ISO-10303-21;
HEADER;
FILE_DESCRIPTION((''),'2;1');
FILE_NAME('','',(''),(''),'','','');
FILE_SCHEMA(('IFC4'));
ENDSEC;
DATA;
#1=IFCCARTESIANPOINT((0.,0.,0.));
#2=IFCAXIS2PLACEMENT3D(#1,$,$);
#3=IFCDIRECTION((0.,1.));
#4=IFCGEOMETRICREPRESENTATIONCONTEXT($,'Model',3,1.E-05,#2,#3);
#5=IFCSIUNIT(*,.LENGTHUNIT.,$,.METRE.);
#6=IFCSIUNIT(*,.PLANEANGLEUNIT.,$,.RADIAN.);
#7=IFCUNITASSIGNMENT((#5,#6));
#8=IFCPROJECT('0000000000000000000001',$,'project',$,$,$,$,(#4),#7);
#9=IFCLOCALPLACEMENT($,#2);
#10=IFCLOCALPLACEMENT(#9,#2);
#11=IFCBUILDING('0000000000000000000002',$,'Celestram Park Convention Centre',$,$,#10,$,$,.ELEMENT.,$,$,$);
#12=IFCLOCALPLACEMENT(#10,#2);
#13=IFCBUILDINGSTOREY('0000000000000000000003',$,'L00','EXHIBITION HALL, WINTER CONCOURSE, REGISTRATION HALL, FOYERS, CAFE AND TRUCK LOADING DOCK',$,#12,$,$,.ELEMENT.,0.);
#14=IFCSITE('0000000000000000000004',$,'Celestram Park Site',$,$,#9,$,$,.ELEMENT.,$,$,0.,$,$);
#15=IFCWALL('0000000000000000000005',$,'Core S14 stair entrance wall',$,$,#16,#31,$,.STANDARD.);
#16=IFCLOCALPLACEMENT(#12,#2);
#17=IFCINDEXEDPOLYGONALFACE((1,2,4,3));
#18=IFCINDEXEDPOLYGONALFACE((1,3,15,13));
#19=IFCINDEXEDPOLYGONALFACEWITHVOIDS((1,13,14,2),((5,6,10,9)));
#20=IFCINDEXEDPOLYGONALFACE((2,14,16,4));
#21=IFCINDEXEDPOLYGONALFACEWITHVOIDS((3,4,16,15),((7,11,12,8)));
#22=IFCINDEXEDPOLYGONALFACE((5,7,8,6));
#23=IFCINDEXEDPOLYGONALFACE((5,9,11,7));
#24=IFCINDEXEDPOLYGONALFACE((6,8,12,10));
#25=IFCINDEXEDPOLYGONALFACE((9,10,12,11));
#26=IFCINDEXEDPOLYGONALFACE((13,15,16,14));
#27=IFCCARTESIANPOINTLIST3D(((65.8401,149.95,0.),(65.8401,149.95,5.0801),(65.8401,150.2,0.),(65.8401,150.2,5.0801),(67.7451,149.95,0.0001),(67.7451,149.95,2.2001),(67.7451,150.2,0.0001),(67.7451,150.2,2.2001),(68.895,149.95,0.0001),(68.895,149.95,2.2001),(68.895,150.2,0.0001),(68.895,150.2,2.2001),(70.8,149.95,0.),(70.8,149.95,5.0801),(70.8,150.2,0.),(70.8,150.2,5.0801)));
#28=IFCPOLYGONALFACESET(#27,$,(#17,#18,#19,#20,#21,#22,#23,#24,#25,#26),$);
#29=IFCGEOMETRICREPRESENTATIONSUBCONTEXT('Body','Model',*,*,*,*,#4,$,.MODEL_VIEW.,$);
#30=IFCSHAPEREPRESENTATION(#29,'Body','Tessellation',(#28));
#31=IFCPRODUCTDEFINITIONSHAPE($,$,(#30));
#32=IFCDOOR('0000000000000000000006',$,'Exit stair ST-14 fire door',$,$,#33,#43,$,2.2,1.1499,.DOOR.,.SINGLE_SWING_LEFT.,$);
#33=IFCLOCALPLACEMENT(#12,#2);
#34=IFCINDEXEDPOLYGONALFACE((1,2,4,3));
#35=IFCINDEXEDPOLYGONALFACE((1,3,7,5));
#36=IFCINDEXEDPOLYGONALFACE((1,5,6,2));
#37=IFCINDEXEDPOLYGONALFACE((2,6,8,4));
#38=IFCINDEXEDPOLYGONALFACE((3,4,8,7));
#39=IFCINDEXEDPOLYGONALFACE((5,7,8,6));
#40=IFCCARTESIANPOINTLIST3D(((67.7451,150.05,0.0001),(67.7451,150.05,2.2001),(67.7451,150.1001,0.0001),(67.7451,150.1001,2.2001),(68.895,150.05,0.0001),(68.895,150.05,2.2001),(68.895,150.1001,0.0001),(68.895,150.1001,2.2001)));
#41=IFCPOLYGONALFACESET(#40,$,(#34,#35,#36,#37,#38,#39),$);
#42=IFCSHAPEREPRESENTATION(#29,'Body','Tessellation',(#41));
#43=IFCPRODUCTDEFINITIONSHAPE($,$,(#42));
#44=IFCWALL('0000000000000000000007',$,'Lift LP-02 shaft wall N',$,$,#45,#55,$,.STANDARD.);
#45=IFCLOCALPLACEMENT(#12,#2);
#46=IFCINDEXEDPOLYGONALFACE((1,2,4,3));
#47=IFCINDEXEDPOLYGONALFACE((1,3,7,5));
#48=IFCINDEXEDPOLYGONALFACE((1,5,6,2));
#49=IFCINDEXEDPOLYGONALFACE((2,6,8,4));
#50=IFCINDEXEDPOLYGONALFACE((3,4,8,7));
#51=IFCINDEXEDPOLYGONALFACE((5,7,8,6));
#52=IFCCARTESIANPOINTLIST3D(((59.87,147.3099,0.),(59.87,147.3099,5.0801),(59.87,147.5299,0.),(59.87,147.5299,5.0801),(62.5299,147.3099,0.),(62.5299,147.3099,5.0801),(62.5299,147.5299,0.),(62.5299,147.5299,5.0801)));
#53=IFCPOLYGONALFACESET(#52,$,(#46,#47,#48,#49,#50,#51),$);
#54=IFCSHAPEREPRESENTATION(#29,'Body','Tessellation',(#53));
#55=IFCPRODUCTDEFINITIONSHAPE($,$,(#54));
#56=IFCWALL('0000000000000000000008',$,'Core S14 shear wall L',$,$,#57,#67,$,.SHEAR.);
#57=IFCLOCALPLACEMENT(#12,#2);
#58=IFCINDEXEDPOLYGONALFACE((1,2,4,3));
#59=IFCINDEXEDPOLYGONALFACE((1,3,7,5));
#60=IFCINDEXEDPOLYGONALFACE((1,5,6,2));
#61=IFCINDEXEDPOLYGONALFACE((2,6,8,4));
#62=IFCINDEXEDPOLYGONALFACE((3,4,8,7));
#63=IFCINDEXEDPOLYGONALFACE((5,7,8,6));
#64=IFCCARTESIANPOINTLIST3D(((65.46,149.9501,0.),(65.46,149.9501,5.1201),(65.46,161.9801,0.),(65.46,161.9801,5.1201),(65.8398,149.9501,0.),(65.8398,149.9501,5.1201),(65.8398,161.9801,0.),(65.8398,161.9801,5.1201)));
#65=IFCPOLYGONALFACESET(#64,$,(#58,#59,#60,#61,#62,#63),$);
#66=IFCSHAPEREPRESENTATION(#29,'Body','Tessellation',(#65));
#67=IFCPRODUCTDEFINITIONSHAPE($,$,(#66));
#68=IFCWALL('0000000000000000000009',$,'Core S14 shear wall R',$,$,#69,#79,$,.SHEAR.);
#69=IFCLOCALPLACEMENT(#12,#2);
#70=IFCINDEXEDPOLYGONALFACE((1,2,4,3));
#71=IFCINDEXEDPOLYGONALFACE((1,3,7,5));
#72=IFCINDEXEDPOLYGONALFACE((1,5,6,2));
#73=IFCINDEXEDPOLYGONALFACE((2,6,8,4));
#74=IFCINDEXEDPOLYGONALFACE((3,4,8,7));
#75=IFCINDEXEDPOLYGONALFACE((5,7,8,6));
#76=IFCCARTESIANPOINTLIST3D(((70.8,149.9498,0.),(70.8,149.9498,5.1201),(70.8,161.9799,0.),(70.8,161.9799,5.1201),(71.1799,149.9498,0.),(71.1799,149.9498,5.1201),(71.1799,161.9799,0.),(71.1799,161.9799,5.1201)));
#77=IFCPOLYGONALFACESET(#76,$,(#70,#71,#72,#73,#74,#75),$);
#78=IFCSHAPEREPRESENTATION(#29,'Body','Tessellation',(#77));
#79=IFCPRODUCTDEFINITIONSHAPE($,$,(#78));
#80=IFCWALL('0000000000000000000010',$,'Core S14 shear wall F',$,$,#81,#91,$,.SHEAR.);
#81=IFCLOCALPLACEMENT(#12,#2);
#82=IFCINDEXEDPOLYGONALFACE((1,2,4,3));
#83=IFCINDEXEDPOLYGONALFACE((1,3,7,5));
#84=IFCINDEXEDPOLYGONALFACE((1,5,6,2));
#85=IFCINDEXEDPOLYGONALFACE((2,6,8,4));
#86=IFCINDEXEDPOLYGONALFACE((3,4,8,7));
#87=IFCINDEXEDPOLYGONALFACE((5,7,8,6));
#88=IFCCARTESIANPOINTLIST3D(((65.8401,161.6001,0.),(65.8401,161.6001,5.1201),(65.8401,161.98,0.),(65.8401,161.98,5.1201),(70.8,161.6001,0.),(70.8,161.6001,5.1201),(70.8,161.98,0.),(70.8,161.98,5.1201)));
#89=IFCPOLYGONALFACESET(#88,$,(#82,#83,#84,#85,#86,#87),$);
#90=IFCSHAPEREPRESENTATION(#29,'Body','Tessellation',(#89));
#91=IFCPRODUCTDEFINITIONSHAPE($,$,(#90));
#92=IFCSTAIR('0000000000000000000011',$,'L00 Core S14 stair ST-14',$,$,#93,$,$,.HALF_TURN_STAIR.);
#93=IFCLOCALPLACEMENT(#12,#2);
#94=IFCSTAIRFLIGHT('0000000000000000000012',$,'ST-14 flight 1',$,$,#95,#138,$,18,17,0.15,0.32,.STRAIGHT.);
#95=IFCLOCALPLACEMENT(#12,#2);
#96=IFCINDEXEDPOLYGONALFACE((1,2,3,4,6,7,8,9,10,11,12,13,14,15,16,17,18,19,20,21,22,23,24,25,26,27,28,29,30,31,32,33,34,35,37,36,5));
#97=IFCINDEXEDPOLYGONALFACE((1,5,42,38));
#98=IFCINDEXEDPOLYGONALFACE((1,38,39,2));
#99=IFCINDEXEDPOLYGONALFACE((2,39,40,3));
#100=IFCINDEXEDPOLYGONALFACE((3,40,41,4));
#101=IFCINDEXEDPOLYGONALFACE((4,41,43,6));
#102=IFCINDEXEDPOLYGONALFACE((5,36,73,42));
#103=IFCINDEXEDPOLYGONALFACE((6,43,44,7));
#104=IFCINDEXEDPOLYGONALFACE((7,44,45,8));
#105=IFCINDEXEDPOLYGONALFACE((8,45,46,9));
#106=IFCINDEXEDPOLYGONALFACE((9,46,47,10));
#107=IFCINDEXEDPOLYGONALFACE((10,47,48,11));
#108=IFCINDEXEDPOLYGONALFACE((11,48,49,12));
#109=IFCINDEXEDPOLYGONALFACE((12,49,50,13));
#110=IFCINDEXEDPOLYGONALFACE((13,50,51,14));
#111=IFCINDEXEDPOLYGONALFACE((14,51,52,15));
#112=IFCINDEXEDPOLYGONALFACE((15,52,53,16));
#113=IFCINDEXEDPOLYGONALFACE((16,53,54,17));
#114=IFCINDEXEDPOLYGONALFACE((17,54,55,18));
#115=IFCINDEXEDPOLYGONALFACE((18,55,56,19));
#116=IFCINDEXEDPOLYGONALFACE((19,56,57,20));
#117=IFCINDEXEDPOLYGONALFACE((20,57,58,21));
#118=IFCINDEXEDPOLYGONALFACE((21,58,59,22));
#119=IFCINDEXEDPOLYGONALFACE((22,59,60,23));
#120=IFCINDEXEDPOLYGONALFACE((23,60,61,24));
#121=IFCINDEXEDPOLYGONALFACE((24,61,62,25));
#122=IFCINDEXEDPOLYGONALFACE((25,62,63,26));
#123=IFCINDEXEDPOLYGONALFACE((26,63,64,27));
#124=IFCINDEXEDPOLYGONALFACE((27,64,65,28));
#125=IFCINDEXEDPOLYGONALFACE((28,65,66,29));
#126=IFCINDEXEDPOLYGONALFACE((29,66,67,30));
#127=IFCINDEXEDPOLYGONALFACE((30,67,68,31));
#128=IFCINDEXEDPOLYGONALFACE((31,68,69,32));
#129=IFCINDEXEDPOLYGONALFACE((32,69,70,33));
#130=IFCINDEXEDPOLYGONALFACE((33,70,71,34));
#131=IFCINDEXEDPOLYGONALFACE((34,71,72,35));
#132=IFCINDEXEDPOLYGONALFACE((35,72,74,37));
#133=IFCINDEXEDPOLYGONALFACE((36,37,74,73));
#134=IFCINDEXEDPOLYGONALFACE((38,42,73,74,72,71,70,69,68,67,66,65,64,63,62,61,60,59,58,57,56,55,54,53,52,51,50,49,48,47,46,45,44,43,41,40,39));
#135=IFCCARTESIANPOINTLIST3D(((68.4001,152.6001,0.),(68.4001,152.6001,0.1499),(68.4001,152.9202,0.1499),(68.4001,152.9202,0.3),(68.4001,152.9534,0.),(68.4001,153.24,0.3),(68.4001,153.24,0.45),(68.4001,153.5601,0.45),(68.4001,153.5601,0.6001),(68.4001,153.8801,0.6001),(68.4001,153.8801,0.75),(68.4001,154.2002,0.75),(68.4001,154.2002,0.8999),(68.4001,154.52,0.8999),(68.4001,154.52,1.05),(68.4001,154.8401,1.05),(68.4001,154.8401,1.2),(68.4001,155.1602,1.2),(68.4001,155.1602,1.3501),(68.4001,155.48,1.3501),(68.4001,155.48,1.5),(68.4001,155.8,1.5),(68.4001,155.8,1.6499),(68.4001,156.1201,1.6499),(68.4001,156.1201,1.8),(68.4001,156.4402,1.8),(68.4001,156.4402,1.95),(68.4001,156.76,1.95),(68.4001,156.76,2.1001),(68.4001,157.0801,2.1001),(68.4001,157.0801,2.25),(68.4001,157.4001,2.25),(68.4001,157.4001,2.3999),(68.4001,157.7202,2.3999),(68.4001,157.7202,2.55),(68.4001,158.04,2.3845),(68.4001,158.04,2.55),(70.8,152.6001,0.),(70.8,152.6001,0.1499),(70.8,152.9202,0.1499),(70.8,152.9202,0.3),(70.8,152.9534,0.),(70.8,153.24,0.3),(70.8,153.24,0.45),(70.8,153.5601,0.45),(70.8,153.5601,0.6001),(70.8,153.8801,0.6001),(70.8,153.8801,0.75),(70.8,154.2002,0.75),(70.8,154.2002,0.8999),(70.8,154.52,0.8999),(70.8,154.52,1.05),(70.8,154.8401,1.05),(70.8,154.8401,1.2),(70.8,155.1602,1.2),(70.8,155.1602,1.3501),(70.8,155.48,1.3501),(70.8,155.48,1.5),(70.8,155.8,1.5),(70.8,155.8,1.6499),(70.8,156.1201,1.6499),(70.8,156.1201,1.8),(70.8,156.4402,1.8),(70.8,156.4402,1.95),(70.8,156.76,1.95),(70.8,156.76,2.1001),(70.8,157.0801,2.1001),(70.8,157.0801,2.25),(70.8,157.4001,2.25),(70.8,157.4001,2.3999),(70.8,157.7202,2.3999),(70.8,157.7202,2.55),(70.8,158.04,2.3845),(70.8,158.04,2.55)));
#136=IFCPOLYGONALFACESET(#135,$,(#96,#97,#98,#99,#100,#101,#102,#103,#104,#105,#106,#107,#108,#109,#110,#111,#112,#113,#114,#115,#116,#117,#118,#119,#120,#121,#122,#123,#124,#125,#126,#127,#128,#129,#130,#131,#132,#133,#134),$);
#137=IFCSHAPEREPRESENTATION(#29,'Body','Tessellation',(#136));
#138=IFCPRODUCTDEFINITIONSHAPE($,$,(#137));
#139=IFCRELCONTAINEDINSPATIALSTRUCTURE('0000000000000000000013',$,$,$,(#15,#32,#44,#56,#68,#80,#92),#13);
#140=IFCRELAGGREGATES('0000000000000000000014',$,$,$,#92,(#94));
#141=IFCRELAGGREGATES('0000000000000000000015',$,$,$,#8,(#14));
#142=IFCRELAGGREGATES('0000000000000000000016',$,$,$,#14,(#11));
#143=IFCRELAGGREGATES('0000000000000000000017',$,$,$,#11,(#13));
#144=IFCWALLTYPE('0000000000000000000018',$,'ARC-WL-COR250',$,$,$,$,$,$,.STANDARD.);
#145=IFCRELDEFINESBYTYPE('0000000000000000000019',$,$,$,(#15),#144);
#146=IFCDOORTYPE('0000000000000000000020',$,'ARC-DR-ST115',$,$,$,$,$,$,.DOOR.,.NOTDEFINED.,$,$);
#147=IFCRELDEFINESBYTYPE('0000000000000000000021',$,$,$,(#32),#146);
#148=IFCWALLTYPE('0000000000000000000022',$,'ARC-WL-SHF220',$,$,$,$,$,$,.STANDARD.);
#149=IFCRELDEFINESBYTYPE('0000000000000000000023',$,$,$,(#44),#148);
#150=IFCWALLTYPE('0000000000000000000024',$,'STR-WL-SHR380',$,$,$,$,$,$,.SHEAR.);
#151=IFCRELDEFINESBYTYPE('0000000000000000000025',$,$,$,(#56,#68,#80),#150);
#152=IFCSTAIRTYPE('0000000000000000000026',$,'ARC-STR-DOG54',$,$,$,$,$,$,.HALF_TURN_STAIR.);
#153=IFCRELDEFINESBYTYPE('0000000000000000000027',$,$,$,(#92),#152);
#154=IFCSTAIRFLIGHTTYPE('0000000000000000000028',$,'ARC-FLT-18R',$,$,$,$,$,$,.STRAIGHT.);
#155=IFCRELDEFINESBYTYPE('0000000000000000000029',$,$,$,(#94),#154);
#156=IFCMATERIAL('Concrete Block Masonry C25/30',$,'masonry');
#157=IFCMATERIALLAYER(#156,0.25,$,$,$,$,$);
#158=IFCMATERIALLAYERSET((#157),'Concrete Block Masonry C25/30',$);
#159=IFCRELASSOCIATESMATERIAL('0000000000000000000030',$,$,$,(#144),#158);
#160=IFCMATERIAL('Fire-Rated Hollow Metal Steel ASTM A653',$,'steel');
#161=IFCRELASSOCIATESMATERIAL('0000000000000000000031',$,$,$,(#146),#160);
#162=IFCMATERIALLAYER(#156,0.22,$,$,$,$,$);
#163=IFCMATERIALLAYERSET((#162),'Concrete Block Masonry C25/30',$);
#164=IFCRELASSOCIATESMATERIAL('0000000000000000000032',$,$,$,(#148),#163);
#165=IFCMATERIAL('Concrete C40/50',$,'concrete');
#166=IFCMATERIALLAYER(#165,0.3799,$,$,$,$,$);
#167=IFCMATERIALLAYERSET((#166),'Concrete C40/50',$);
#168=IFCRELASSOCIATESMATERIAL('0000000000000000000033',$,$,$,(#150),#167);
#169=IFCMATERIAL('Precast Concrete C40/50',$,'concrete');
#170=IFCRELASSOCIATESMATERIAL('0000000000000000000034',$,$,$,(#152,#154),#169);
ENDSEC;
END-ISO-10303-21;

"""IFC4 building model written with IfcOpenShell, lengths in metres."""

from ifc_helpers import new_model, si_unit, direction, frame, frame_2d, origin, place, context, subcontext, project, spatial, polyline, rectangle, outline, extrude, material, layer, layer_set, type_object, element, fill, aggregate, save


model = new_model("IFC4")

# Units and contexts
model_context = context("Model", 3, precision=1e-05, world=origin(), true_north=direction((0.0, 1.0)))
body_context = subcontext(model_context, "Body", "Model", "MODEL_VIEW")
ifc_project = project(units=[si_unit("LENGTHUNIT", "METRE"), si_unit("PLANEANGLEUNIT", "RADIAN")], contexts=[model_context])

# Site, building, storey
site_placement = place(None, origin())
site = spatial("IfcSite", under=ifc_project, at=site_placement, Name="Celestram Park Site", CompositionType="ELEMENT", RefElevation=0.0)
building_placement = place(site_placement, origin())
building = spatial("IfcBuilding", under=site, at=building_placement, Name="Celestram Park Convention Centre", CompositionType="ELEMENT")
storey_placement = place(building_placement, origin())
storey = spatial("IfcBuildingStorey", under=building, at=storey_placement, Name="L00", Description="EXHIBITION HALL, WINTER CONCOURSE, REGISTRATION HALL, FOYERS, CAFE AND TRUCK LOADING DOCK", CompositionType="ELEMENT", Elevation=0.0)

# Shared definitions
ifc_material_1 = material(Name="Concrete C40/50", Category="concrete")

# Wall, opening, door
ifc_material_2 = material(Name="Concrete Block Masonry C25/30", Category="masonry")
ifc_layer_1 = layer(ifc_material_2, 0.25)
ifc_layer_set_1 = layer_set([ifc_layer_1], Name="Concrete Block Masonry C25/30")
wall_type_1 = type_object("IfcWallType", Name="ARC-WL-COR250", PredefinedType="STANDARD", material=ifc_layer_set_1)
wall_1_placement = place(storey_placement, frame((70.8, 150.075, 0.0), z_axis=(0.0, 0.0, 1.0), x_axis=(-1.0, 0.0, 0.0)))
wall_1 = element("IfcWall", 1, at=wall_1_placement, inside=storey, type_object=wall_type_1, Name="Core S14 stair entrance wall", PredefinedType="STANDARD", context=body_context, shape_type="SweptSolid", body=[
    extrude(rectangle(XDim=4.96, YDim=0.25, at=frame_2d((2.48, 0.0))), origin(), (0.0, 0.0, 1.0), 5.0801),
])
opening_1_placement = place(wall_1_placement, frame((1.905, 0.0, 0.0)))
opening_1 = element("IfcOpeningElement", 2, at=opening_1_placement, cuts=wall_1, PredefinedType="OPENING", context=body_context, shape_type="SweptSolid", body=[
    extrude(rectangle(XDim=1.1499, YDim=2.2, at=frame_2d((0.575, 1.1001))), frame((0.0, 0.135, 0.0), z_axis=(0.0, -1.0, 0.0), x_axis=(1.0, 0.0, 0.0)), (0.0, 0.0, 1.0), 0.27),
])
ifc_material_3 = material(Name="Fire-Rated Hollow Metal Steel ASTM A653", Category="steel")
door_type_1 = type_object("IfcDoorType", Name="ARC-DR-ST115", OperationType="NOTDEFINED", PredefinedType="DOOR", material=ifc_material_3)
door_1_placement = place(opening_1_placement, origin())
door_1 = element("IfcDoor", 3, at=door_1_placement, inside=storey, type_object=door_type_1, Name="Exit stair ST-14 fire door", OperationType="SINGLE_SWING_LEFT", OverallHeight=2.2, OverallWidth=1.1499, PredefinedType="DOOR", context=body_context, shape_type="SweptSolid", body=[
    extrude(rectangle(XDim=1.1499, YDim=2.2, at=frame_2d((0.575, 1.1001))), frame((0.0, 0.0249, 0.0), z_axis=(0.0, -1.0, 0.0), x_axis=(1.0, 0.0, 0.0)), (0.0, 0.0, 1.0), 0.05),
])
fill(opening_1, door_1)
ifc_material_4 = material(Name="Precast Concrete C40/50", Category="concrete")

# Walls
ifc_layer_2 = layer(ifc_material_2, 0.22)
ifc_layer_set_2 = layer_set([ifc_layer_2], Name="Concrete Block Masonry C25/30")
wall_type_2 = type_object("IfcWallType", Name="ARC-WL-SHF220", PredefinedType="STANDARD", material=ifc_layer_set_2)
wall_2_placement = place(storey_placement, frame((62.53, 147.4199, 0.0), z_axis=(0.0, 0.0, 1.0), x_axis=(-1.0, 0.0, 0.0)))
element("IfcWall", 4, at=wall_2_placement, inside=storey, type_object=wall_type_2, Name="Lift LP-02 shaft wall N", PredefinedType="STANDARD", context=body_context, shape_type="SweptSolid", body=[
    extrude(rectangle(XDim=2.6599, YDim=0.22, at=frame_2d((1.3301, 0.0))), origin(), (0.0, 0.0, 1.0), 5.0801),
])
ifc_layer_3 = layer(ifc_material_1, 0.3799)
ifc_layer_set_3 = layer_set([ifc_layer_3], Name="Concrete C40/50")
wall_type_3 = type_object("IfcWallType", Name="STR-WL-SHR380", PredefinedType="SHEAR", material=ifc_layer_set_3)
for number, where, z_axis, x_axis, name in (
    (5, (65.6499, 149.95, 0.0), (0.0, 0.0, 1.0), (0.0, 1.0, 0.0), "Core S14 shear wall L"),
    (6, (70.99, 161.98, 0.0), (0.0, 0.0, 1.0), (0.0, -1.0, 0.0), "Core S14 shear wall R"),
):
    element("IfcWall", number, at=place(storey_placement, frame(where, z_axis=z_axis, x_axis=x_axis)), inside=storey, type_object=wall_type_3, Name=name, PredefinedType="SHEAR", context=body_context, shape_type="SweptSolid", body=[
        extrude(rectangle(XDim=12.03, YDim=0.3799, at=frame_2d((6.0151, 0.0))), origin(), (0.0, 0.0, 1.0), 5.1201),
    ])
wall_3_placement = place(storey_placement, frame((65.8401, 161.79, 0.0), z_axis=(0.0, 0.0, 1.0), x_axis=(1.0, 0.0, 0.0)))
element("IfcWall", 7, at=wall_3_placement, inside=storey, type_object=wall_type_3, Name="Core S14 shear wall F", PredefinedType="SHEAR", context=body_context, shape_type="SweptSolid", body=[
    extrude(rectangle(XDim=4.96, YDim=0.3799, at=frame_2d((2.48, 0.0))), origin(), (0.0, 0.0, 1.0), 5.1201),
])

# Stair, stair flight
stair_type = type_object("IfcStairType", Name="ARC-STR-DOG54", PredefinedType="HALF_TURN_STAIR", material=ifc_material_4)
stair_placement = place(storey_placement, origin())
stair = element("IfcStair", 8, at=stair_placement, inside=storey, type_object=stair_type, Name="L00 Core S14 stair ST-14", PredefinedType="HALF_TURN_STAIR")
stair_flight_type = type_object("IfcStairFlightType", Name="ARC-FLT-18R", PredefinedType="STRAIGHT", material=ifc_material_4)
stair_flight_1_placement = place(storey_placement, frame((69.6001, 152.6001, 0.0), z_axis=(0.0, 0.0, 1.0), x_axis=(0.0, 1.0, 0.0)))
stair_flight_1 = element("IfcStairFlight", 9, at=stair_flight_1_placement, type_object=stair_flight_type, Name="ST-14 flight 1", NumberOfRisers=18, NumberOfTreads=17, PredefinedType="STRAIGHT", RiserHeight=0.15, TreadLength=0.32, context=body_context, shape_type="SweptSolid", body=[
    extrude(outline(polyline([(0.0, 0.0), (0.0, 0.1499), (0.3201, 0.1499), (0.3201, 0.3), (0.6399, 0.3), (0.6399, 0.45), (0.96, 0.45), (0.96, 0.6001), (1.28, 0.6001), (1.28, 0.75), (1.6001, 0.75), (1.6001, 0.8999), (1.9199, 0.8999), (1.9199, 1.05), (2.24, 1.05), (2.24, 1.2), (2.5601, 1.2), (2.5601, 1.3501), (2.8799, 1.3501), (2.8799, 1.5), (3.2, 1.5), (3.2, 1.6499), (3.52, 1.6499), (3.52, 1.8), (3.8401, 1.8), (3.8401, 1.95), (4.1599, 1.95), (4.1599, 2.1001), (4.48, 2.1001), (4.48, 2.25), (4.8, 2.25), (4.8, 2.3999), (5.1201, 2.3999), (5.1201, 2.55), (5.4399, 2.55), (5.4399, 2.7), (5.4399, 2.3845), (0.3533, 0.0), (0.0, 0.0)])), frame((0.0, 1.2, 0.0), z_axis=(0.0, -1.0, 0.0), x_axis=(1.0, 0.0, 0.0)), (0.0, 0.0, 1.0), 2.3999),
])
aggregate(stair, [stair_flight_1])

save(model, "model.ifc")
